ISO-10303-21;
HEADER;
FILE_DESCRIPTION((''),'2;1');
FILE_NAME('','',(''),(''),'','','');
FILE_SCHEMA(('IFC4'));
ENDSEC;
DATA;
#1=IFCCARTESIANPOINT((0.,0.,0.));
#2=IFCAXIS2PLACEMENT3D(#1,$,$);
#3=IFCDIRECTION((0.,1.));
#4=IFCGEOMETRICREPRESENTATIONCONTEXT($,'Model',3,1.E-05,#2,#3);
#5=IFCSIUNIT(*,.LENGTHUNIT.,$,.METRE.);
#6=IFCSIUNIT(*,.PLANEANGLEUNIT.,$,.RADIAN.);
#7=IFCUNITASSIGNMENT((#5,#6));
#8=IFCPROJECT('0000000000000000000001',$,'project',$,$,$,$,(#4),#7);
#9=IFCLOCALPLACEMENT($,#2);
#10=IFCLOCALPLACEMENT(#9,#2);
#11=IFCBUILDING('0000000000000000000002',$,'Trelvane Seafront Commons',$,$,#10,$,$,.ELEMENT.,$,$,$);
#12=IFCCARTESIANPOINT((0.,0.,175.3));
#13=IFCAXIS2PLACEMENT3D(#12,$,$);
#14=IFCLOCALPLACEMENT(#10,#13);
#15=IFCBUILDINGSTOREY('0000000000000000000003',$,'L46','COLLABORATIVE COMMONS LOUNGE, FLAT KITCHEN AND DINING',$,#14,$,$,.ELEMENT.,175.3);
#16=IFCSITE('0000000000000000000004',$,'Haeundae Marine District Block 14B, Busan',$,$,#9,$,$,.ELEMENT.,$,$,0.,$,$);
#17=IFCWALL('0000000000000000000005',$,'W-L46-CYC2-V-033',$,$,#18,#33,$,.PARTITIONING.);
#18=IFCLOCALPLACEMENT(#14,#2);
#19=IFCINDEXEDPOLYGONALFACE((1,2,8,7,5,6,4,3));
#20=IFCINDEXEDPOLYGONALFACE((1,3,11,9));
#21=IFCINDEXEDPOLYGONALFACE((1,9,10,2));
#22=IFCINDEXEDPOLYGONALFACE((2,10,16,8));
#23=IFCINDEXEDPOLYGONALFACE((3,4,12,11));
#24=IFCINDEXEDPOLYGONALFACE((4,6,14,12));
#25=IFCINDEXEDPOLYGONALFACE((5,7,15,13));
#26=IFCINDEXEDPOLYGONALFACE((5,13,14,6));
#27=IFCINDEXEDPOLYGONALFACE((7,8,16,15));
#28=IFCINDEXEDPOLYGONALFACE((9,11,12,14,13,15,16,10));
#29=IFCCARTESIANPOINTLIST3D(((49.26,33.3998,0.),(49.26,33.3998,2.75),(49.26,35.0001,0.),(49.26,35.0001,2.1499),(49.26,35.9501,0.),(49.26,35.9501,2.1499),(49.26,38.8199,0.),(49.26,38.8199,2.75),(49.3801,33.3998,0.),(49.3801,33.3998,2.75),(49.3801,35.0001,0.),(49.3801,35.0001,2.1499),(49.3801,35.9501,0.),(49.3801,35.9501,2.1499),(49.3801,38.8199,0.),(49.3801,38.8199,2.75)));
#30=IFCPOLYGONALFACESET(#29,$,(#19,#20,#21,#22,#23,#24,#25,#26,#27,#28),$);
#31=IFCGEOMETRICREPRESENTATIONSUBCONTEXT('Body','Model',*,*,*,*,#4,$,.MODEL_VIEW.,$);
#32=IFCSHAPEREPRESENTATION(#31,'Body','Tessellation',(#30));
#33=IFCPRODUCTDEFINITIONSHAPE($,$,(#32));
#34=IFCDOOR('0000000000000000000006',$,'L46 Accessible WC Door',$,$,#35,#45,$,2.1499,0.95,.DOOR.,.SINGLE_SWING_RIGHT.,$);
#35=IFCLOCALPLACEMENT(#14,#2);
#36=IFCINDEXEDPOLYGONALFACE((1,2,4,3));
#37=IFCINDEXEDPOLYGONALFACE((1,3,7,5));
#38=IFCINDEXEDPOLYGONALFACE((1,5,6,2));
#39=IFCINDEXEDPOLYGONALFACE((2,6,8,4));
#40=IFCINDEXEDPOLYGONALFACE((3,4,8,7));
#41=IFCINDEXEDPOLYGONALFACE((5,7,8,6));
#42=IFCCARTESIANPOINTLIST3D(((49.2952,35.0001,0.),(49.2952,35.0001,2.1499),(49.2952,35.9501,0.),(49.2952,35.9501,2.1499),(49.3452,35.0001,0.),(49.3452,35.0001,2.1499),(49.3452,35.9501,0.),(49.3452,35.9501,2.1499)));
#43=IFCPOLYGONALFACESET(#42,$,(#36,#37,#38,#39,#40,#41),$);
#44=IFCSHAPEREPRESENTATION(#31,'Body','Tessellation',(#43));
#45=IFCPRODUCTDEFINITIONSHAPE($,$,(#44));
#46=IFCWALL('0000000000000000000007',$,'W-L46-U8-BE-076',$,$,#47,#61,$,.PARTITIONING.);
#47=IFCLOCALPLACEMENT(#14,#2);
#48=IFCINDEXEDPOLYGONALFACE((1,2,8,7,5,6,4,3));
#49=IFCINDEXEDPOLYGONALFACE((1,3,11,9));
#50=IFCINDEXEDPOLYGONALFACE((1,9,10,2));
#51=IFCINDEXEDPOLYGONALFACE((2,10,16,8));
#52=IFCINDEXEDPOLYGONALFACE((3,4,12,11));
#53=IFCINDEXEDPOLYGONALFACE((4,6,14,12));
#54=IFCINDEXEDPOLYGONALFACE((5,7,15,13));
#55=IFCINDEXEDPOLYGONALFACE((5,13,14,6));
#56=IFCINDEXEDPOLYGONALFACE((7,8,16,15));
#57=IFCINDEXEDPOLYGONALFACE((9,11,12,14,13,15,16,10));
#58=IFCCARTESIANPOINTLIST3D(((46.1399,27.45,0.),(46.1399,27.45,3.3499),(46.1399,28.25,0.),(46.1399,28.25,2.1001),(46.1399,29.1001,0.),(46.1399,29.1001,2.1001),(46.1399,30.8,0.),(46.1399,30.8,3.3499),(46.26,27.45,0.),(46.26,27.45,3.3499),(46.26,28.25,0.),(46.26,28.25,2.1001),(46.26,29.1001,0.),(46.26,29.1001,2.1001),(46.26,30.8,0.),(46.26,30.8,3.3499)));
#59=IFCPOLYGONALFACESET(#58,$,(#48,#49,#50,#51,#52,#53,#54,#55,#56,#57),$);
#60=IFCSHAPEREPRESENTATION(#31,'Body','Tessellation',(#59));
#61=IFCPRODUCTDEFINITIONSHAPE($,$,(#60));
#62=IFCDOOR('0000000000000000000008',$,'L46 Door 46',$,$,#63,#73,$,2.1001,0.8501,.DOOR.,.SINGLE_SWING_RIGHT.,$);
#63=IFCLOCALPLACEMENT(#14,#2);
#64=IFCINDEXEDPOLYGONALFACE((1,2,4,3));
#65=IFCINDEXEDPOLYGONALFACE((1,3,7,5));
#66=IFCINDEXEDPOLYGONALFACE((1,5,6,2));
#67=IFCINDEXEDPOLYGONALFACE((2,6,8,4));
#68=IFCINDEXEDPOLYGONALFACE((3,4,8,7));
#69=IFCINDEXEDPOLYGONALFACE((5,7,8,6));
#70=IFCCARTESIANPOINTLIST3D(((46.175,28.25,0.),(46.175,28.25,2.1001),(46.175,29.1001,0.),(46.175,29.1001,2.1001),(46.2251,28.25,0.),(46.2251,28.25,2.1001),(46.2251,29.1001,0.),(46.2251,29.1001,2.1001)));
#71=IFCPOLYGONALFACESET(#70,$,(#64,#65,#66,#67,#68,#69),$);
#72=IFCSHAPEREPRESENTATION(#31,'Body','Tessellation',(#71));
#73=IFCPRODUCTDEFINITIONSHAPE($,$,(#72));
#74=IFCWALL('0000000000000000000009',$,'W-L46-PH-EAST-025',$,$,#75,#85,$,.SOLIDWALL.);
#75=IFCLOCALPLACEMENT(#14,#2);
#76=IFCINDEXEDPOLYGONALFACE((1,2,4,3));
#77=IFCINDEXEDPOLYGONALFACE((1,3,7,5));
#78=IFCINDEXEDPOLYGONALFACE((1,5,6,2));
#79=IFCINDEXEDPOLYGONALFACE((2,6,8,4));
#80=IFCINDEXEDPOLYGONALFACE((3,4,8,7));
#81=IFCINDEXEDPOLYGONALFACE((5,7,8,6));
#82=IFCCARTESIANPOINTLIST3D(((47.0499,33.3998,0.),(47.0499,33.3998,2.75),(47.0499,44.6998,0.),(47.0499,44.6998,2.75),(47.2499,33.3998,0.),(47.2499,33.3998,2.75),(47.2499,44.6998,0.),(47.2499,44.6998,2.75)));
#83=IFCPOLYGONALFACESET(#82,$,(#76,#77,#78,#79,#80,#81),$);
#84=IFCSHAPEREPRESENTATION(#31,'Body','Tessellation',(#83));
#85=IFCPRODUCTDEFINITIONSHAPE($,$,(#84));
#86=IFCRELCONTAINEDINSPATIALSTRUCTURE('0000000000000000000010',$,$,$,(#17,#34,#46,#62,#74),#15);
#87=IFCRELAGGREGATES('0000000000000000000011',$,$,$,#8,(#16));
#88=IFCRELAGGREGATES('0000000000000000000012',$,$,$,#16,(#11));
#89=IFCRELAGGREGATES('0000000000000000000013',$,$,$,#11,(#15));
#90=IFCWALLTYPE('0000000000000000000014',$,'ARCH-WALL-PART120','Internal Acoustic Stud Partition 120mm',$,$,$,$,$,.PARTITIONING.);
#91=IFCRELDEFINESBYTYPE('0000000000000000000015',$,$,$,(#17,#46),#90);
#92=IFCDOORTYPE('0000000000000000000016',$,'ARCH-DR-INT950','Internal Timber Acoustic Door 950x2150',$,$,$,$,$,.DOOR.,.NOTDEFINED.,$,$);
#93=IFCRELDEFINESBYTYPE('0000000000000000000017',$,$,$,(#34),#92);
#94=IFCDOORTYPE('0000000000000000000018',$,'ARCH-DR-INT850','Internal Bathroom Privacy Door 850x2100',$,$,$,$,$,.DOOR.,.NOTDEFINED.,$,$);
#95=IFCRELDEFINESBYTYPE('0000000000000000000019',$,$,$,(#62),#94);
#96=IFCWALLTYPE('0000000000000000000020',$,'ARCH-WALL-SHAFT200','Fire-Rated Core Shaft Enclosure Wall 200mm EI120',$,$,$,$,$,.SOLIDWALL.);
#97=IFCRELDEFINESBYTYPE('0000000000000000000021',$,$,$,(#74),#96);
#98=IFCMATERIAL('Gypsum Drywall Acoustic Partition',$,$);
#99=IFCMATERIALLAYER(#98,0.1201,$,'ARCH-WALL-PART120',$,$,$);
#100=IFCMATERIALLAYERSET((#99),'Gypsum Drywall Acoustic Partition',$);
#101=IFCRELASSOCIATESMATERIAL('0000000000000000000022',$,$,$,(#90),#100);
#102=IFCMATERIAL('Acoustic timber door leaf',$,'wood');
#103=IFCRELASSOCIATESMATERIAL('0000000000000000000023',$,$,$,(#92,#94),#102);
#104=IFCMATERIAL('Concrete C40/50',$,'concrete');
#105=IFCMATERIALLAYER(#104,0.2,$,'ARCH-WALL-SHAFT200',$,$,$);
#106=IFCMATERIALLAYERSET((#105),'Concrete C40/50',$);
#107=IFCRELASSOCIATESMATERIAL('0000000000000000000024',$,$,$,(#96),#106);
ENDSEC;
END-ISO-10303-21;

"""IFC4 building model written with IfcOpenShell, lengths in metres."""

from ifc_helpers import new_model, si_unit, direction, frame, frame_2d, origin, place, context, subcontext, project, spatial, rectangle, extrude, source, transform, mapped, material, layer, layer_set, type_object, element, fill, save


model = new_model("IFC4")

# Units and contexts
model_context = context("Model", 3, precision=1e-05, world=origin(), true_north=direction((0.0, 1.0)))
body_context = subcontext(model_context, "Body", "Model", "MODEL_VIEW")
ifc_project = project(units=[si_unit("LENGTHUNIT", "METRE"), si_unit("PLANEANGLEUNIT", "RADIAN")], contexts=[model_context])

# Site, building, storey
site_placement = place(None, origin())
site = spatial("IfcSite", under=ifc_project, at=site_placement, Name="Haeundae Marine District Block 14B, Busan", CompositionType="ELEMENT", RefElevation=0.0)
building_placement = place(site_placement, origin())
building = spatial("IfcBuilding", under=site, at=building_placement, Name="Trelvane Seafront Commons", CompositionType="ELEMENT")
storey_placement = place(building_placement, frame((0.0, 0.0, 175.3)))
storey = spatial("IfcBuildingStorey", under=building, at=storey_placement, Name="L46", Description="COLLABORATIVE COMMONS LOUNGE, FLAT KITCHEN AND DINING", CompositionType="ELEMENT", Elevation=175.3)

# Shared definitions
ifc_material_1 = material(Name="Concrete C40/50", Category="concrete")
shared_shape_1 = source(origin(), body_context, "Body", "SweptSolid", [
    extrude(rectangle(XDim=0.95, YDim=2.1499, at=frame_2d((0.4751, 1.075))), frame((0.0, 0.0249, 0.0), z_axis=(0.0, -1.0, 0.0), x_axis=(1.0, 0.0, 0.0)), (0.0, 0.0, 1.0), 0.05),
])

# Walls, openings, doors
ifc_material_2 = material(Name="Gypsum Drywall Acoustic Partition")
ifc_layer_1 = layer(ifc_material_2, 0.1201, Name="ARCH-WALL-PART120")
ifc_layer_set_1 = layer_set([ifc_layer_1], Name="Gypsum Drywall Acoustic Partition")
wall_type_1 = type_object("IfcWallType", Name="ARCH-WALL-PART120", Description="Internal Acoustic Stud Partition 120mm", PredefinedType="PARTITIONING", material=ifc_layer_set_1)
wall_1_placement = place(storey_placement, frame((49.3201, 33.3999, 0.0), z_axis=(0.0, 0.0, 1.0), x_axis=(0.0, 1.0, 0.0)))
wall_1 = element("IfcWall", 1, at=wall_1_placement, inside=storey, type_object=wall_type_1, Name="W-L46-CYC2-V-033", PredefinedType="PARTITIONING", context=body_context, shape_type="SweptSolid", body=[
    extrude(rectangle(XDim=5.4202, YDim=0.1201, at=frame_2d((2.71, 0.0))), origin(), (0.0, 0.0, 1.0), 2.75),
])
opening_1_placement = place(wall_1_placement, frame((1.6001, 0.0, 0.0)))
opening_1 = element("IfcOpeningElement", 2, at=opening_1_placement, cuts=wall_1, PredefinedType="OPENING", context=body_context, shape_type="SweptSolid", body=[
    extrude(rectangle(XDim=0.95, YDim=2.1499, at=frame_2d((0.4751, 1.075))), frame((0.0, 0.0701, 0.0), z_axis=(0.0, -1.0, 0.0), x_axis=(1.0, 0.0, 0.0)), (0.0, 0.0, 1.0), 0.1401),
])
ifc_material_3 = material(Name="Acoustic timber door leaf", Category="wood")
door_type_1 = type_object("IfcDoorType", Name="ARCH-DR-INT950", Description="Internal Timber Acoustic Door 950x2150", OperationType="NOTDEFINED", PredefinedType="DOOR", material=ifc_material_3)
door_1_placement = place(opening_1_placement, origin())
door_1 = element("IfcDoor", 3, at=door_1_placement, inside=storey, type_object=door_type_1, Name="L46 Accessible WC Door", OperationType="SINGLE_SWING_RIGHT", OverallHeight=2.1499, OverallWidth=0.95, PredefinedType="DOOR", context=body_context, shape_type="MappedRepresentation", body=[
    mapped(shared_shape_1, transform((0.0, 0.0, 0.0), x_axis=(1.0, 0.0, 0.0), y_axis=(0.0, 1.0, 0.0), z_axis=(0.0, 0.0, 1.0), scale=1.0)),
])
fill(opening_1, door_1)
wall_2_placement = place(storey_placement, frame((46.2, 27.45, 0.0), z_axis=(0.0, 0.0, 1.0), x_axis=(0.0, 1.0, 0.0)))
wall_2 = element("IfcWall", 4, at=wall_2_placement, inside=storey, type_object=wall_type_1, Name="W-L46-U8-BE-076", PredefinedType="PARTITIONING", context=body_context, shape_type="SweptSolid", body=[
    extrude(rectangle(XDim=3.3501, YDim=0.1201, at=frame_2d((1.675, 0.0))), origin(), (0.0, 0.0, 1.0), 3.3499),
])
opening_2_placement = place(wall_2_placement, frame((0.8, 0.0, 0.0)))
opening_2 = element("IfcOpeningElement", 5, at=opening_2_placement, cuts=wall_2, PredefinedType="OPENING", context=body_context, shape_type="SweptSolid", body=[
    extrude(rectangle(XDim=0.8501, YDim=2.1001, at=frame_2d((0.425, 1.05))), frame((0.0, 0.0701, 0.0), z_axis=(0.0, -1.0, 0.0), x_axis=(1.0, 0.0, 0.0)), (0.0, 0.0, 1.0), 0.1401),
])
door_type_2 = type_object("IfcDoorType", Name="ARCH-DR-INT850", Description="Internal Bathroom Privacy Door 850x2100", OperationType="NOTDEFINED", PredefinedType="DOOR", material=ifc_material_3)
shared_shape_2 = source(origin(), body_context, "Body", "SweptSolid", [
    extrude(rectangle(XDim=0.8501, YDim=2.1001, at=frame_2d((0.425, 1.05))), frame((0.0, 0.0249, 0.0), z_axis=(0.0, -1.0, 0.0), x_axis=(1.0, 0.0, 0.0)), (0.0, 0.0, 1.0), 0.05),
])
door_2_placement = place(opening_2_placement, origin())
door_2 = element("IfcDoor", 6, at=door_2_placement, inside=storey, type_object=door_type_2, Name="L46 Door 46", OperationType="SINGLE_SWING_RIGHT", OverallHeight=2.1001, OverallWidth=0.8501, PredefinedType="DOOR", context=body_context, shape_type="MappedRepresentation", body=[
    mapped(shared_shape_2, transform((0.0, 0.0, 0.0), x_axis=(1.0, 0.0, 0.0), y_axis=(0.0, 1.0, 0.0), z_axis=(0.0, 0.0, 1.0), scale=1.0)),
])
fill(opening_2, door_2)

# Wall
ifc_layer_2 = layer(ifc_material_1, 0.2, Name="ARCH-WALL-SHAFT200")
ifc_layer_set_2 = layer_set([ifc_layer_2], Name="Concrete C40/50")
wall_type_2 = type_object("IfcWallType", Name="ARCH-WALL-SHAFT200", Description="Fire-Rated Core Shaft Enclosure Wall 200mm EI120", PredefinedType="SOLIDWALL", material=ifc_layer_set_2)
wall_3_placement = place(storey_placement, frame((47.1499, 33.3999, 0.0), z_axis=(0.0, 0.0, 1.0), x_axis=(0.0, 1.0, 0.0)))
element("IfcWall", 7, at=wall_3_placement, inside=storey, type_object=wall_type_2, Name="W-L46-PH-EAST-025", PredefinedType="SOLIDWALL", context=body_context, shape_type="SweptSolid", body=[
    extrude(rectangle(XDim=11.3, YDim=0.2, at=frame_2d((5.6499, 0.0))), origin(), (0.0, 0.0, 1.0), 2.75),
])

save(model, "model.ifc")
